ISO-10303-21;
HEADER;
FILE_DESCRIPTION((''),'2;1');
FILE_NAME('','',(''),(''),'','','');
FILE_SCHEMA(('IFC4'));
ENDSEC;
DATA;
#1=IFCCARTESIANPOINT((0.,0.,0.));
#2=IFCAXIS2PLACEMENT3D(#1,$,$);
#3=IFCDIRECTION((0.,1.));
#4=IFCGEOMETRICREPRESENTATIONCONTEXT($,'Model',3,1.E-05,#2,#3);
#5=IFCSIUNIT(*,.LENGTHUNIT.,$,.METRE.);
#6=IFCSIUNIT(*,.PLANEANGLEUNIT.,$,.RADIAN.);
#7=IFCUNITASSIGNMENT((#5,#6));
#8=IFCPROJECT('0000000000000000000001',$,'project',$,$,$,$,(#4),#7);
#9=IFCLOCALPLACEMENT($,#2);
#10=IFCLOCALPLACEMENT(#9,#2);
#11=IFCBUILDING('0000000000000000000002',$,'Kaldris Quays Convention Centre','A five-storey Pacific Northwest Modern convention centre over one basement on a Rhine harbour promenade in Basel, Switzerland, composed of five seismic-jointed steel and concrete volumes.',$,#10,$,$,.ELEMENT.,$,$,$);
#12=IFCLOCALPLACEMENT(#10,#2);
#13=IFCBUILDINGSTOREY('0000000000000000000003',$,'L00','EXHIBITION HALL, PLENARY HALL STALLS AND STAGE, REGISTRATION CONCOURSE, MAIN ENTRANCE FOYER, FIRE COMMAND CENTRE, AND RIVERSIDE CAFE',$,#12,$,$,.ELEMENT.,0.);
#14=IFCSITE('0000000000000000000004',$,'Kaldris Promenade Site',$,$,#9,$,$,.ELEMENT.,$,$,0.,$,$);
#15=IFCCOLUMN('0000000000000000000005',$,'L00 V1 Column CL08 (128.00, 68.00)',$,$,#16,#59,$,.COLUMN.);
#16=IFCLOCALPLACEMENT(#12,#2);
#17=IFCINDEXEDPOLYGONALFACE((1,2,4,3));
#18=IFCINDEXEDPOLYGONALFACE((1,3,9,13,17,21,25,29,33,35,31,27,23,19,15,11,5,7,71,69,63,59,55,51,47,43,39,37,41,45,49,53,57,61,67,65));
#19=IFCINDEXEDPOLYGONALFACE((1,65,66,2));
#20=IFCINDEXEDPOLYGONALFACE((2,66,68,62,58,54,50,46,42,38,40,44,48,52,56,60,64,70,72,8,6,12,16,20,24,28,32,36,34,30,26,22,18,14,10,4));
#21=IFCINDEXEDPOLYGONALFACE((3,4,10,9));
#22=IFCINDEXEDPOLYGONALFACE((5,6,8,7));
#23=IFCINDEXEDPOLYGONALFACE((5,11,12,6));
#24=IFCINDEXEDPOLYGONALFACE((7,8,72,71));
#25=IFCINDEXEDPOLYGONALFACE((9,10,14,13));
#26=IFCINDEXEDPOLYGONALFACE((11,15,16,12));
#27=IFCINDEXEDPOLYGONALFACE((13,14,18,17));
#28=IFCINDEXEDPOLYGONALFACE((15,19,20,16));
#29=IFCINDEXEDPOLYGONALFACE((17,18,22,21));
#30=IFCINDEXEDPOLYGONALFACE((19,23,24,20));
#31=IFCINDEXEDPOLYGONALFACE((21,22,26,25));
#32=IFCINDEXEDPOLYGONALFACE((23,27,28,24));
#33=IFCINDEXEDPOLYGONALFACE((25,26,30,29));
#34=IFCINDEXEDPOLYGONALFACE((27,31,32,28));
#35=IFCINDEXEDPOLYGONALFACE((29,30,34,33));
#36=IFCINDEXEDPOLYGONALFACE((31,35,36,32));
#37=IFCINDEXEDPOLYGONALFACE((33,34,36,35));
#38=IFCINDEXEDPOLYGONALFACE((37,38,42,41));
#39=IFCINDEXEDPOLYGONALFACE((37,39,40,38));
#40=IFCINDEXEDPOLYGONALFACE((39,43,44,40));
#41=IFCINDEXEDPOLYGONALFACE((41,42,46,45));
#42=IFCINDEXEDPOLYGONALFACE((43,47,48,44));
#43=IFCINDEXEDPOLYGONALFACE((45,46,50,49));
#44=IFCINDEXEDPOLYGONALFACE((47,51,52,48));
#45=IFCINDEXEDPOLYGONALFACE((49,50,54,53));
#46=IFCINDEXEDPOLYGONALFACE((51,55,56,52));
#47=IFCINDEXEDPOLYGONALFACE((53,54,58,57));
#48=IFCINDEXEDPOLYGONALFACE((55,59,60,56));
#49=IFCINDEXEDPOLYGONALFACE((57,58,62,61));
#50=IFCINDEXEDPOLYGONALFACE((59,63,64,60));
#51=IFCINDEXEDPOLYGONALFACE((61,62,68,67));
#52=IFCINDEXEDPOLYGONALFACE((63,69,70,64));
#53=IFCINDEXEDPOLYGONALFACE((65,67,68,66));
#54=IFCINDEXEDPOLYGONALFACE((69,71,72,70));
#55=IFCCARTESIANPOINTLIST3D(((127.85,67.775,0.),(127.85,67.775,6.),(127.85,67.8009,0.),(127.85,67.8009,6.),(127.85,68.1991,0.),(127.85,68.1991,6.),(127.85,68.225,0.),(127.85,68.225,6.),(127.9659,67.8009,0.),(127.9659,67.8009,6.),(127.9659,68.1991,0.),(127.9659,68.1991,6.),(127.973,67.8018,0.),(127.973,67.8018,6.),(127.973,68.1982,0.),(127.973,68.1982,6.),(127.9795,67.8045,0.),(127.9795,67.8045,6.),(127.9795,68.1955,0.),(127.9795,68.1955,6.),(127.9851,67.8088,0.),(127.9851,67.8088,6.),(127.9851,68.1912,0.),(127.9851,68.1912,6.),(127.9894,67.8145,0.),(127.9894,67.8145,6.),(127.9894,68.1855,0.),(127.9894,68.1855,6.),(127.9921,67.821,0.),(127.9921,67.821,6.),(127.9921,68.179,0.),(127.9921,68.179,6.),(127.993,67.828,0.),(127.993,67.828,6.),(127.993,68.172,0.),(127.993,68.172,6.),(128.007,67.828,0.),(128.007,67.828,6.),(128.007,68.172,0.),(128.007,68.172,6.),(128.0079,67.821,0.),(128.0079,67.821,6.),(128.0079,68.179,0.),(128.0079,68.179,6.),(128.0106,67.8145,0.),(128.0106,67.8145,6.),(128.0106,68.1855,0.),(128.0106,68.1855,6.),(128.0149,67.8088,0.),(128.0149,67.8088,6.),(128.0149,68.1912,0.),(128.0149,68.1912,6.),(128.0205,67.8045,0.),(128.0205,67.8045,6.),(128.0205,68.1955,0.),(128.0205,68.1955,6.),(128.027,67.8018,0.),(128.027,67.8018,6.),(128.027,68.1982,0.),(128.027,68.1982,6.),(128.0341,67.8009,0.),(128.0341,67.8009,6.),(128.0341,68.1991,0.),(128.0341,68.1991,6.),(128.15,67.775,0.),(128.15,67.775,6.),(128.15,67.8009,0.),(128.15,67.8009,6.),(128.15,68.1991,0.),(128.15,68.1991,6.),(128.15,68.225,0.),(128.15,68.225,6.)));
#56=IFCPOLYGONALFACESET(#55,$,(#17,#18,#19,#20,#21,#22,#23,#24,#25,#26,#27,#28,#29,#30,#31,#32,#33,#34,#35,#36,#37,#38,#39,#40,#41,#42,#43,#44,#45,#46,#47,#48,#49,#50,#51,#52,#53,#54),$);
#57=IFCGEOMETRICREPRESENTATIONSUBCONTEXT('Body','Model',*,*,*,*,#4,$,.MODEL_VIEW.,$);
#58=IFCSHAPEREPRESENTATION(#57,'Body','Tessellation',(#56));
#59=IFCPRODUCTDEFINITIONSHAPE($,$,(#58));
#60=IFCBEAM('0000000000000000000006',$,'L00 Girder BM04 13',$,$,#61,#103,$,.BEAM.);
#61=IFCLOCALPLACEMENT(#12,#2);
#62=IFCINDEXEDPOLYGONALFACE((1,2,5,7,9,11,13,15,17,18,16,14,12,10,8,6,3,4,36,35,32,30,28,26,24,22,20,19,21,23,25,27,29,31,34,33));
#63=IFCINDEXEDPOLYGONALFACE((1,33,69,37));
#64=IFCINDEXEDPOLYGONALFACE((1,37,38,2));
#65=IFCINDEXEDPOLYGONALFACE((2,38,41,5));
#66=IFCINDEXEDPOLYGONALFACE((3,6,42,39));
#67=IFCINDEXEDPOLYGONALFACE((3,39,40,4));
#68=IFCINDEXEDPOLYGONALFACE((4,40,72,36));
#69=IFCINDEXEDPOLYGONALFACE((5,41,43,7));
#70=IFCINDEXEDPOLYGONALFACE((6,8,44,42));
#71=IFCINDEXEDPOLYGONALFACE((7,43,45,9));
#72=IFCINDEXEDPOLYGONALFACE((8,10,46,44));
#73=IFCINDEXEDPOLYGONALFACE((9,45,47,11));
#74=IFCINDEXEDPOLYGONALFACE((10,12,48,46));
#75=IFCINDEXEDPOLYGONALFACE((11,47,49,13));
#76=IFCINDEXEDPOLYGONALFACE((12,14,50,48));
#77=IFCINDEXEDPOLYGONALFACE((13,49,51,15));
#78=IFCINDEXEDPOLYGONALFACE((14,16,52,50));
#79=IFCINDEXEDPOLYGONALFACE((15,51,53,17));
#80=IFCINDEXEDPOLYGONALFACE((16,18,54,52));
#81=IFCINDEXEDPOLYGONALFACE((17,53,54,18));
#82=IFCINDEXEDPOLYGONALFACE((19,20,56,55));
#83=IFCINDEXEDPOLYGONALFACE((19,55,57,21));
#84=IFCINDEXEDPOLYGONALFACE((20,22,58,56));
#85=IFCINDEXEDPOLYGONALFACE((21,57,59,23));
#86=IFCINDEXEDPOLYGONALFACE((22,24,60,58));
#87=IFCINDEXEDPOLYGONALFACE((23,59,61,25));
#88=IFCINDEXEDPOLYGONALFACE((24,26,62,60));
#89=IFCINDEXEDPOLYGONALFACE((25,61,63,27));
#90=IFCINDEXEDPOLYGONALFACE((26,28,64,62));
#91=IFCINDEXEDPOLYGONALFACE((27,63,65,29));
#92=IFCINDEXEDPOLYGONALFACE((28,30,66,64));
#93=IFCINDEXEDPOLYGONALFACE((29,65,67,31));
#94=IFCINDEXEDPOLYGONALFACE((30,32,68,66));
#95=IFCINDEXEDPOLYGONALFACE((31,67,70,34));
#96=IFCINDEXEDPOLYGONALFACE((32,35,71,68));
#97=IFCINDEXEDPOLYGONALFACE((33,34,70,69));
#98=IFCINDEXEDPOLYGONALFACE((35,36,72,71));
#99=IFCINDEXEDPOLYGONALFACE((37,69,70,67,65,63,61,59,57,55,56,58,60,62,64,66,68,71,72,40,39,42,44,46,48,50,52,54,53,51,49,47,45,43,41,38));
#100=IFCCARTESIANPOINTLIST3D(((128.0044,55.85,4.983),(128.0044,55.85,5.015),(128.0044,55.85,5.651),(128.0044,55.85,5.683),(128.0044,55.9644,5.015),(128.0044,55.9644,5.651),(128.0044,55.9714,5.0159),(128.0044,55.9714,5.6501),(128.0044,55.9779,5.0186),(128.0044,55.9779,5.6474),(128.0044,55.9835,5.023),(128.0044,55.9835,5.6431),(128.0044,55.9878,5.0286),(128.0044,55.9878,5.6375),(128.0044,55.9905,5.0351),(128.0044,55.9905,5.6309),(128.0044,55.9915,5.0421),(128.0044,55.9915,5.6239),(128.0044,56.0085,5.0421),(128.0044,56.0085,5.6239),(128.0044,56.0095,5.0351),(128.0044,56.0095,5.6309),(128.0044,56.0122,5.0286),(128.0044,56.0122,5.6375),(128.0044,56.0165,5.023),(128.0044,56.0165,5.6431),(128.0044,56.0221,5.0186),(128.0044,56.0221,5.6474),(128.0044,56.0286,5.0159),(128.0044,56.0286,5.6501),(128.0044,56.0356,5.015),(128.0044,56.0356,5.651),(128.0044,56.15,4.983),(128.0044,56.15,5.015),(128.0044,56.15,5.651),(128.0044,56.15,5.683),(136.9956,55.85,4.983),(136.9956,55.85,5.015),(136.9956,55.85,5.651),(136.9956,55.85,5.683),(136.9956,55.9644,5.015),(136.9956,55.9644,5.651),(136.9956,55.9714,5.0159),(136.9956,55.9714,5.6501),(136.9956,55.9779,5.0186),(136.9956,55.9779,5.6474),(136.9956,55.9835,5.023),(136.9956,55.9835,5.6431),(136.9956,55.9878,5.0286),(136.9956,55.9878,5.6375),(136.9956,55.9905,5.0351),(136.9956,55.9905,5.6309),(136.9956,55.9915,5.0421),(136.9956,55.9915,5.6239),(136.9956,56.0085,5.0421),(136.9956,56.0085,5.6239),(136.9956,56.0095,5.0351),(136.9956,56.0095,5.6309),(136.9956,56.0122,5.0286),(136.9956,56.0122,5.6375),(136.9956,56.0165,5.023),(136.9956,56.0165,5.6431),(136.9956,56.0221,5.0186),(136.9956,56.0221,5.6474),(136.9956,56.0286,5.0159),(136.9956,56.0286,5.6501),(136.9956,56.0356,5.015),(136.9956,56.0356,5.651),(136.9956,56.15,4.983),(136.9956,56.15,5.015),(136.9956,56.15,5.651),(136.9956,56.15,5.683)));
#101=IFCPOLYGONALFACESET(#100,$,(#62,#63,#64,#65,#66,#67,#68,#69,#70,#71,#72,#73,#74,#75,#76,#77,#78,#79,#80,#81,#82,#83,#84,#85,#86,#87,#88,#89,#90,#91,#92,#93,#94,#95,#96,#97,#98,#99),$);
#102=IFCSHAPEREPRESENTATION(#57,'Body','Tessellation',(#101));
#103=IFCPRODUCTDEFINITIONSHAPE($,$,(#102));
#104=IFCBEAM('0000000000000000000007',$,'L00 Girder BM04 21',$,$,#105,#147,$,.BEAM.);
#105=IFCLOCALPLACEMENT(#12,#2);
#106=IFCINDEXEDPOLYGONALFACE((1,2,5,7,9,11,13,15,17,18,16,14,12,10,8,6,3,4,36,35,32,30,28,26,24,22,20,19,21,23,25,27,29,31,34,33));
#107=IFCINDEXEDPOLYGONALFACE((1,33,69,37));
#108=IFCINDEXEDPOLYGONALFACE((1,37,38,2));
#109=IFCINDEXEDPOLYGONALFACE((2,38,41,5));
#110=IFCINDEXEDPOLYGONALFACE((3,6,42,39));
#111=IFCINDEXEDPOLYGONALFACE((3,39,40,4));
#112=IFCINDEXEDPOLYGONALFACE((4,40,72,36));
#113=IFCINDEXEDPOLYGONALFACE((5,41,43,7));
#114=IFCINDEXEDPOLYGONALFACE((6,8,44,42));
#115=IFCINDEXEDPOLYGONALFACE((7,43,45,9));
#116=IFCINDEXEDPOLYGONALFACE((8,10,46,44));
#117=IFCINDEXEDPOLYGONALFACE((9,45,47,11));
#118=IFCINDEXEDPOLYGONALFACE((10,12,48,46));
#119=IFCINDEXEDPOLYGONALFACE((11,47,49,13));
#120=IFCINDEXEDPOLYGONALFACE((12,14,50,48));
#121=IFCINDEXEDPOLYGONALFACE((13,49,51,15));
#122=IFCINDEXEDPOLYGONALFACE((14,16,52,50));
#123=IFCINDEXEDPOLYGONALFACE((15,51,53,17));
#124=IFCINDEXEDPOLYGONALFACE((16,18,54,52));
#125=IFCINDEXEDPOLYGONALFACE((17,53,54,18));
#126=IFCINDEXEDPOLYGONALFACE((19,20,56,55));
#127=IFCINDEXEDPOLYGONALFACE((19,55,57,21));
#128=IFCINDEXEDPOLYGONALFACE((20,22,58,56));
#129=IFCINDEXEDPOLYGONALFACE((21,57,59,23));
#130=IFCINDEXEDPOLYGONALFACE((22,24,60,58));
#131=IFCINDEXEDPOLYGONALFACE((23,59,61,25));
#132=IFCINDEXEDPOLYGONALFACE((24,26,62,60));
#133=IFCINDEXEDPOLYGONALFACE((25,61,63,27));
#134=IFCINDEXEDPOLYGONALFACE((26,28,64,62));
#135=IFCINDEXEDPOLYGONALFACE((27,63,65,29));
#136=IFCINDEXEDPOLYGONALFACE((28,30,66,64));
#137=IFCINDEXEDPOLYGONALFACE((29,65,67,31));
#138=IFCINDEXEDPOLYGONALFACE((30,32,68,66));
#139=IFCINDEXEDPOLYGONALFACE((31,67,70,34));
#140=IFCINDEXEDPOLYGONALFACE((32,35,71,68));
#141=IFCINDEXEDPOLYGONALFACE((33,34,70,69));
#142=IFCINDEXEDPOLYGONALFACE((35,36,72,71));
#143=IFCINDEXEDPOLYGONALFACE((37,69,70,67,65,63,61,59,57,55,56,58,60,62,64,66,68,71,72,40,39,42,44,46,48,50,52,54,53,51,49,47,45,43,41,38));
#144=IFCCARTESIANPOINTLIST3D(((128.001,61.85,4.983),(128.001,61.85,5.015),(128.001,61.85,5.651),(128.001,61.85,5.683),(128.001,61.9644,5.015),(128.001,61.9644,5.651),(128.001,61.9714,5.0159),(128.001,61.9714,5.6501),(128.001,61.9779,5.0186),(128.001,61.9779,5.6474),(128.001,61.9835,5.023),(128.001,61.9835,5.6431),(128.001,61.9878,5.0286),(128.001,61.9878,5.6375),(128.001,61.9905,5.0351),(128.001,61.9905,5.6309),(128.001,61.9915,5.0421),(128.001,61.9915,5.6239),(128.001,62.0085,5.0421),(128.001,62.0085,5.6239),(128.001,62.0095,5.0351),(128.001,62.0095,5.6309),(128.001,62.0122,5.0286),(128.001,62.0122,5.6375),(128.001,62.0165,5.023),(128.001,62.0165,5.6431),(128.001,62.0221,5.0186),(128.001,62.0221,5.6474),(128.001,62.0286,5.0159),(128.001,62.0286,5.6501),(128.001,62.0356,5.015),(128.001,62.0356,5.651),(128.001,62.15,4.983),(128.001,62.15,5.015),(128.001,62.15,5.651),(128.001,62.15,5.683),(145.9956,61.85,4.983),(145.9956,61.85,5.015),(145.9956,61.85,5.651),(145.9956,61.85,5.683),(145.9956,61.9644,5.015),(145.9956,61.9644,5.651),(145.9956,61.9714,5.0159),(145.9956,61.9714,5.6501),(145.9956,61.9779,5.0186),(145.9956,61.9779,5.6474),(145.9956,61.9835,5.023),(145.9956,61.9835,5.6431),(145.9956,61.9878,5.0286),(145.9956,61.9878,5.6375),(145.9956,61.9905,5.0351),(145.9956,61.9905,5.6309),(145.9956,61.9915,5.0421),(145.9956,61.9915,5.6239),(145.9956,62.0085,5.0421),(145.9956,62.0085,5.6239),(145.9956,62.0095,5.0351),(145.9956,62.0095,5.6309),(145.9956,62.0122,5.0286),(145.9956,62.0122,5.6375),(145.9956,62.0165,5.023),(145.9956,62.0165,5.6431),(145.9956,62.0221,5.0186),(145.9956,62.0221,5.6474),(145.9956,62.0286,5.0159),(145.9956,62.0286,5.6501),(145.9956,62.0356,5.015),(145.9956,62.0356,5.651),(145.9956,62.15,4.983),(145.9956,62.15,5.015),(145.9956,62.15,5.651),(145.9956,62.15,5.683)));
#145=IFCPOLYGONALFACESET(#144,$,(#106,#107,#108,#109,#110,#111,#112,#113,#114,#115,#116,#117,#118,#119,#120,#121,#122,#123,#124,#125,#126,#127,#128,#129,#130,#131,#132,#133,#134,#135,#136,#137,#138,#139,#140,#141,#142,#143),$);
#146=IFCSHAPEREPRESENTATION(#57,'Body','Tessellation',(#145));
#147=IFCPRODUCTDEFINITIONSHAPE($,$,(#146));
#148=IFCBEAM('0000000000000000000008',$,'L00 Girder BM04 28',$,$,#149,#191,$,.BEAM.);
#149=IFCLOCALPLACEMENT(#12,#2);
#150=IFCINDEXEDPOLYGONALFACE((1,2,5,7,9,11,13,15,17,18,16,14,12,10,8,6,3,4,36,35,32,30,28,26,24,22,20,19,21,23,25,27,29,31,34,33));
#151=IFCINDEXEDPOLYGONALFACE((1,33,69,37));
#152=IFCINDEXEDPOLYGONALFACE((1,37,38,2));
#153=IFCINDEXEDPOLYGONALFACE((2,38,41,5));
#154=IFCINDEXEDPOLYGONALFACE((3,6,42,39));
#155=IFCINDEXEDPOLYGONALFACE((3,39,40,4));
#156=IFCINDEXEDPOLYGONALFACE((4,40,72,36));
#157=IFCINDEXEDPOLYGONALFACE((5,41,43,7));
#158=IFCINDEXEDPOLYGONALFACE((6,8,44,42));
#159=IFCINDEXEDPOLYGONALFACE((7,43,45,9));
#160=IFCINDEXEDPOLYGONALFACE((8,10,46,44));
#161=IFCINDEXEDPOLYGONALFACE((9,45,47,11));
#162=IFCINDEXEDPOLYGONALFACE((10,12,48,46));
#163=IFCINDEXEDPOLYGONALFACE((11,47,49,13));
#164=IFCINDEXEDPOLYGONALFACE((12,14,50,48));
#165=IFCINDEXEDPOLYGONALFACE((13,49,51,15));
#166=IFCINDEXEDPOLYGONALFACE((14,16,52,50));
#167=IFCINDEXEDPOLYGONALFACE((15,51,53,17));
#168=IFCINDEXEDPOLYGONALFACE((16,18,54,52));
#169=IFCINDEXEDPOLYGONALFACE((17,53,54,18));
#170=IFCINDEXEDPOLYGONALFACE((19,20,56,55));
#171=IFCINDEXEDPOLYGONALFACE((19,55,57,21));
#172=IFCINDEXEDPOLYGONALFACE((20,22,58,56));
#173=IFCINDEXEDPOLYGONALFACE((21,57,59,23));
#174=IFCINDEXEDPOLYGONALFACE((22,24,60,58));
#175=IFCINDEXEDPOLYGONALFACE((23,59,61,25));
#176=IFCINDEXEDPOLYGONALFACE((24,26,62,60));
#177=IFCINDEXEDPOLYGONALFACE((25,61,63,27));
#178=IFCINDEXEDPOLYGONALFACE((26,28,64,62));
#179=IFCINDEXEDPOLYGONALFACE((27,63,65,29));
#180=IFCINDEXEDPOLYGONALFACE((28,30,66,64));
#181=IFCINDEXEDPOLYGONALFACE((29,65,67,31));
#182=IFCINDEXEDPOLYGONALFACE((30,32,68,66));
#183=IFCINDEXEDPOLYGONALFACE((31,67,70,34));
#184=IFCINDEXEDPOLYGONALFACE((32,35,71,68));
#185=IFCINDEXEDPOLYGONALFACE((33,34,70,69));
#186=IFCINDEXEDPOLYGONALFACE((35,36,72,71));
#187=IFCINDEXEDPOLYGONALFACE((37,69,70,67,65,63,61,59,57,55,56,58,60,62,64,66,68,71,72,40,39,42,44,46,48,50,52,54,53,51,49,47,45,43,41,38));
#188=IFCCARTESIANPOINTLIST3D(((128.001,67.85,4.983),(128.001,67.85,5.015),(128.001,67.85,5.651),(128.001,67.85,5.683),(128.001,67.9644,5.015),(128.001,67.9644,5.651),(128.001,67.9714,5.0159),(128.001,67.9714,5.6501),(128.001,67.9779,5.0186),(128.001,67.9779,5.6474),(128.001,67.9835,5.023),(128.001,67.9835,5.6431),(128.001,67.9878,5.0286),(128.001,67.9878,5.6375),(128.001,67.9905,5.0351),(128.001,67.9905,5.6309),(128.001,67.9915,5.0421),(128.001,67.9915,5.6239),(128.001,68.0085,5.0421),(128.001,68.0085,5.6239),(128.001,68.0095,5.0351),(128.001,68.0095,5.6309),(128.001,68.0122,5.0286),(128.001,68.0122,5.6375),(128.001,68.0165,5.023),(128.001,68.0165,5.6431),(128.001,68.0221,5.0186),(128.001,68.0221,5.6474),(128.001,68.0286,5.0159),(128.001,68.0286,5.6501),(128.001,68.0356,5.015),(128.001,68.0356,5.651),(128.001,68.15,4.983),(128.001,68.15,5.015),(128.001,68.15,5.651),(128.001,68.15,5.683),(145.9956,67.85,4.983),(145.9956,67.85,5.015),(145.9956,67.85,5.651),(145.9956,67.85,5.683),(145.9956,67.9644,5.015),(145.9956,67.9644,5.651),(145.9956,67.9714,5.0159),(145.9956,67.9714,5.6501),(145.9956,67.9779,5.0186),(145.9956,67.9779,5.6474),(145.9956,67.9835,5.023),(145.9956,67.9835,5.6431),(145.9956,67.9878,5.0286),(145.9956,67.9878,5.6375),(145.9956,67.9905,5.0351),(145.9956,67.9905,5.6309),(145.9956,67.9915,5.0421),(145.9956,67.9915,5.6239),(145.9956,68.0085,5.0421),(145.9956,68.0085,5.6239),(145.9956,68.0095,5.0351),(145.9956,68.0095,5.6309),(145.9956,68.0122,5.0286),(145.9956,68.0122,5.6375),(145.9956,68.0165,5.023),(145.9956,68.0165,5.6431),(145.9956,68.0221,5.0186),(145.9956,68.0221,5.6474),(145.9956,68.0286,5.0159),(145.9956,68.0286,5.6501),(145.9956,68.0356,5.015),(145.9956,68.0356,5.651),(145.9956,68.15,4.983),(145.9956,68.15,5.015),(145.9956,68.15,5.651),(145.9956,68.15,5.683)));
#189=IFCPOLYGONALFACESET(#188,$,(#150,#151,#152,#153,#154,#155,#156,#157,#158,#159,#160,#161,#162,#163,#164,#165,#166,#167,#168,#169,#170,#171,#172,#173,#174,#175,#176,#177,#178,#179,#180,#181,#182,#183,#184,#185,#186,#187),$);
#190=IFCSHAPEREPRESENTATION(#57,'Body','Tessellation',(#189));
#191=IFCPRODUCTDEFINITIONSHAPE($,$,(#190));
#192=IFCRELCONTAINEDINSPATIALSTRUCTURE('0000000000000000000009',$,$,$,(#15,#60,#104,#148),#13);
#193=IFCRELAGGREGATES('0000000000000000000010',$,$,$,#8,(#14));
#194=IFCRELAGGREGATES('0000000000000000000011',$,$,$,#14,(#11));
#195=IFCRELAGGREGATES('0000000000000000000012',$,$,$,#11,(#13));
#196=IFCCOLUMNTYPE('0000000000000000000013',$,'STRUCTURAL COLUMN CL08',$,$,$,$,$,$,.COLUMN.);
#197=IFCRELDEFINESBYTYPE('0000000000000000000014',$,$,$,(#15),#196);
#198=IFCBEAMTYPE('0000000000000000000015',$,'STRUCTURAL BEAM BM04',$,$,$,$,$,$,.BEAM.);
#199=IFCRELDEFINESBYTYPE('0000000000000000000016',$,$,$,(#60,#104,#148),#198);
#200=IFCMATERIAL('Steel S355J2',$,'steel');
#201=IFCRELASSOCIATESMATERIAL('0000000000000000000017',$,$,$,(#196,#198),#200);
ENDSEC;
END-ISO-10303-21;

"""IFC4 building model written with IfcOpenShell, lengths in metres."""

from ifc_helpers import new_model, si_unit, direction, frame, origin, origin_2d, place, context, subcontext, project, spatial, i_section, extrude, material, material_profile, profile_set, type_object, element, save


model = new_model("IFC4")

# Units and contexts
model_context = context("Model", 3, precision=1e-05, world=origin(), true_north=direction((0.0, 1.0)))
body_context = subcontext(model_context, "Body", "Model", "MODEL_VIEW")
ifc_project = project(units=[si_unit("LENGTHUNIT", "METRE"), si_unit("PLANEANGLEUNIT", "RADIAN")], contexts=[model_context])

# Site, building, storey
site_placement = place(None, origin())
site = spatial("IfcSite", under=ifc_project, at=site_placement, Name="Kaldris Promenade Site", CompositionType="ELEMENT", RefElevation=0.0)
building_placement = place(site_placement, origin())
building = spatial("IfcBuilding", under=site, at=building_placement, Name="Kaldris Quays Convention Centre", Description="A five-storey Pacific Northwest Modern convention centre over one basement on a Rhine harbour promenade in Basel, Switzerland, composed of five seismic-jointed steel and concrete volumes.", CompositionType="ELEMENT")
storey_placement = place(building_placement, origin())
storey = spatial("IfcBuildingStorey", under=building, at=storey_placement, Name="L00", Description="EXHIBITION HALL, PLENARY HALL STALLS AND STAGE, REGISTRATION CONCOURSE, MAIN ENTRANCE FOYER, FIRE COMMAND CENTRE, AND RIVERSIDE CAFE", CompositionType="ELEMENT", Elevation=0.0)

# Column
ifc_material_1 = material(Name="Steel S355J2", Category="steel")
ifc_material_profile_1 = material_profile(ifc_material_1, i_section(OverallWidth=0.3, OverallDepth=0.45, WebThickness=0.0139, FlangeThickness=0.0259, FilletRadius=0.0271, at=origin_2d()), Name="HEB 450")
ifc_profile_set_1 = profile_set([ifc_material_profile_1], Name="Steel S355J2")
column_type_1 = type_object("IfcColumnType", Name="STRUCTURAL COLUMN CL08", PredefinedType="COLUMN", material=ifc_profile_set_1)
for number, where, z_axis, x_axis, name in (
    (1, (128.0, 68.0, 0.0), (0.0, 0.0, 1.0), (1.0, 0.0, 0.0), "L00 V1 Column CL08 (128.00, 68.00)"),
):
    element("IfcColumn", number, at=place(storey_placement, frame(where, z_axis=z_axis, x_axis=x_axis)), inside=storey, type_object=column_type_1, Name=name, PredefinedType="COLUMN", context=body_context, shape_type="SweptSolid", body=[
        extrude(i_section(OverallWidth=0.3, OverallDepth=0.45, WebThickness=0.0139, FlangeThickness=0.0259, FilletRadius=0.0271, at=origin_2d()), origin(), (0.0, 0.0, 1.0), 6.0),
    ])

# Beams
ifc_material_profile_2 = material_profile(ifc_material_1, i_section(OverallWidth=0.3, OverallDepth=0.7, WebThickness=0.0171, FlangeThickness=0.032, FilletRadius=0.0271, at=origin_2d()), Name="HEB 700")
ifc_profile_set_2 = profile_set([ifc_material_profile_2], Name="Steel S355J2")
beam_type_1 = type_object("IfcBeamType", Name="STRUCTURAL BEAM BM04", PredefinedType="BEAM", material=ifc_profile_set_2)
beam_1_placement = place(storey_placement, frame((128.0044, 56.0, 5.333), z_axis=(1.0, 0.0, 0.0), x_axis=(0.0, 1.0, 0.0)))
element("IfcBeam", 2, at=beam_1_placement, inside=storey, type_object=beam_type_1, Name="L00 Girder BM04 13", PredefinedType="BEAM", context=body_context, shape_type="SweptSolid", body=[
    extrude(i_section(OverallWidth=0.3, OverallDepth=0.7, WebThickness=0.0171, FlangeThickness=0.032, FilletRadius=0.0271, at=origin_2d()), origin(), (0.0, 0.0, 1.0), 8.9912),
])
for number, where, z_axis, x_axis, name in (
    (3, (128.001, 62.0, 5.333), (1.0, 0.0, 0.0), (0.0, 1.0, 0.0), "L00 Girder BM04 21"),
    (4, (128.001, 68.0, 5.333), (1.0, 0.0, 0.0), (0.0, 1.0, 0.0), "L00 Girder BM04 28"),
):
    element("IfcBeam", number, at=place(storey_placement, frame(where, z_axis=z_axis, x_axis=x_axis)), inside=storey, type_object=beam_type_1, Name=name, PredefinedType="BEAM", context=body_context, shape_type="SweptSolid", body=[
        extrude(i_section(OverallWidth=0.3, OverallDepth=0.7, WebThickness=0.0171, FlangeThickness=0.032, FilletRadius=0.0271, at=origin_2d()), origin(), (0.0, 0.0, 1.0), 17.9946),
    ])

save(model, "model.ifc")
